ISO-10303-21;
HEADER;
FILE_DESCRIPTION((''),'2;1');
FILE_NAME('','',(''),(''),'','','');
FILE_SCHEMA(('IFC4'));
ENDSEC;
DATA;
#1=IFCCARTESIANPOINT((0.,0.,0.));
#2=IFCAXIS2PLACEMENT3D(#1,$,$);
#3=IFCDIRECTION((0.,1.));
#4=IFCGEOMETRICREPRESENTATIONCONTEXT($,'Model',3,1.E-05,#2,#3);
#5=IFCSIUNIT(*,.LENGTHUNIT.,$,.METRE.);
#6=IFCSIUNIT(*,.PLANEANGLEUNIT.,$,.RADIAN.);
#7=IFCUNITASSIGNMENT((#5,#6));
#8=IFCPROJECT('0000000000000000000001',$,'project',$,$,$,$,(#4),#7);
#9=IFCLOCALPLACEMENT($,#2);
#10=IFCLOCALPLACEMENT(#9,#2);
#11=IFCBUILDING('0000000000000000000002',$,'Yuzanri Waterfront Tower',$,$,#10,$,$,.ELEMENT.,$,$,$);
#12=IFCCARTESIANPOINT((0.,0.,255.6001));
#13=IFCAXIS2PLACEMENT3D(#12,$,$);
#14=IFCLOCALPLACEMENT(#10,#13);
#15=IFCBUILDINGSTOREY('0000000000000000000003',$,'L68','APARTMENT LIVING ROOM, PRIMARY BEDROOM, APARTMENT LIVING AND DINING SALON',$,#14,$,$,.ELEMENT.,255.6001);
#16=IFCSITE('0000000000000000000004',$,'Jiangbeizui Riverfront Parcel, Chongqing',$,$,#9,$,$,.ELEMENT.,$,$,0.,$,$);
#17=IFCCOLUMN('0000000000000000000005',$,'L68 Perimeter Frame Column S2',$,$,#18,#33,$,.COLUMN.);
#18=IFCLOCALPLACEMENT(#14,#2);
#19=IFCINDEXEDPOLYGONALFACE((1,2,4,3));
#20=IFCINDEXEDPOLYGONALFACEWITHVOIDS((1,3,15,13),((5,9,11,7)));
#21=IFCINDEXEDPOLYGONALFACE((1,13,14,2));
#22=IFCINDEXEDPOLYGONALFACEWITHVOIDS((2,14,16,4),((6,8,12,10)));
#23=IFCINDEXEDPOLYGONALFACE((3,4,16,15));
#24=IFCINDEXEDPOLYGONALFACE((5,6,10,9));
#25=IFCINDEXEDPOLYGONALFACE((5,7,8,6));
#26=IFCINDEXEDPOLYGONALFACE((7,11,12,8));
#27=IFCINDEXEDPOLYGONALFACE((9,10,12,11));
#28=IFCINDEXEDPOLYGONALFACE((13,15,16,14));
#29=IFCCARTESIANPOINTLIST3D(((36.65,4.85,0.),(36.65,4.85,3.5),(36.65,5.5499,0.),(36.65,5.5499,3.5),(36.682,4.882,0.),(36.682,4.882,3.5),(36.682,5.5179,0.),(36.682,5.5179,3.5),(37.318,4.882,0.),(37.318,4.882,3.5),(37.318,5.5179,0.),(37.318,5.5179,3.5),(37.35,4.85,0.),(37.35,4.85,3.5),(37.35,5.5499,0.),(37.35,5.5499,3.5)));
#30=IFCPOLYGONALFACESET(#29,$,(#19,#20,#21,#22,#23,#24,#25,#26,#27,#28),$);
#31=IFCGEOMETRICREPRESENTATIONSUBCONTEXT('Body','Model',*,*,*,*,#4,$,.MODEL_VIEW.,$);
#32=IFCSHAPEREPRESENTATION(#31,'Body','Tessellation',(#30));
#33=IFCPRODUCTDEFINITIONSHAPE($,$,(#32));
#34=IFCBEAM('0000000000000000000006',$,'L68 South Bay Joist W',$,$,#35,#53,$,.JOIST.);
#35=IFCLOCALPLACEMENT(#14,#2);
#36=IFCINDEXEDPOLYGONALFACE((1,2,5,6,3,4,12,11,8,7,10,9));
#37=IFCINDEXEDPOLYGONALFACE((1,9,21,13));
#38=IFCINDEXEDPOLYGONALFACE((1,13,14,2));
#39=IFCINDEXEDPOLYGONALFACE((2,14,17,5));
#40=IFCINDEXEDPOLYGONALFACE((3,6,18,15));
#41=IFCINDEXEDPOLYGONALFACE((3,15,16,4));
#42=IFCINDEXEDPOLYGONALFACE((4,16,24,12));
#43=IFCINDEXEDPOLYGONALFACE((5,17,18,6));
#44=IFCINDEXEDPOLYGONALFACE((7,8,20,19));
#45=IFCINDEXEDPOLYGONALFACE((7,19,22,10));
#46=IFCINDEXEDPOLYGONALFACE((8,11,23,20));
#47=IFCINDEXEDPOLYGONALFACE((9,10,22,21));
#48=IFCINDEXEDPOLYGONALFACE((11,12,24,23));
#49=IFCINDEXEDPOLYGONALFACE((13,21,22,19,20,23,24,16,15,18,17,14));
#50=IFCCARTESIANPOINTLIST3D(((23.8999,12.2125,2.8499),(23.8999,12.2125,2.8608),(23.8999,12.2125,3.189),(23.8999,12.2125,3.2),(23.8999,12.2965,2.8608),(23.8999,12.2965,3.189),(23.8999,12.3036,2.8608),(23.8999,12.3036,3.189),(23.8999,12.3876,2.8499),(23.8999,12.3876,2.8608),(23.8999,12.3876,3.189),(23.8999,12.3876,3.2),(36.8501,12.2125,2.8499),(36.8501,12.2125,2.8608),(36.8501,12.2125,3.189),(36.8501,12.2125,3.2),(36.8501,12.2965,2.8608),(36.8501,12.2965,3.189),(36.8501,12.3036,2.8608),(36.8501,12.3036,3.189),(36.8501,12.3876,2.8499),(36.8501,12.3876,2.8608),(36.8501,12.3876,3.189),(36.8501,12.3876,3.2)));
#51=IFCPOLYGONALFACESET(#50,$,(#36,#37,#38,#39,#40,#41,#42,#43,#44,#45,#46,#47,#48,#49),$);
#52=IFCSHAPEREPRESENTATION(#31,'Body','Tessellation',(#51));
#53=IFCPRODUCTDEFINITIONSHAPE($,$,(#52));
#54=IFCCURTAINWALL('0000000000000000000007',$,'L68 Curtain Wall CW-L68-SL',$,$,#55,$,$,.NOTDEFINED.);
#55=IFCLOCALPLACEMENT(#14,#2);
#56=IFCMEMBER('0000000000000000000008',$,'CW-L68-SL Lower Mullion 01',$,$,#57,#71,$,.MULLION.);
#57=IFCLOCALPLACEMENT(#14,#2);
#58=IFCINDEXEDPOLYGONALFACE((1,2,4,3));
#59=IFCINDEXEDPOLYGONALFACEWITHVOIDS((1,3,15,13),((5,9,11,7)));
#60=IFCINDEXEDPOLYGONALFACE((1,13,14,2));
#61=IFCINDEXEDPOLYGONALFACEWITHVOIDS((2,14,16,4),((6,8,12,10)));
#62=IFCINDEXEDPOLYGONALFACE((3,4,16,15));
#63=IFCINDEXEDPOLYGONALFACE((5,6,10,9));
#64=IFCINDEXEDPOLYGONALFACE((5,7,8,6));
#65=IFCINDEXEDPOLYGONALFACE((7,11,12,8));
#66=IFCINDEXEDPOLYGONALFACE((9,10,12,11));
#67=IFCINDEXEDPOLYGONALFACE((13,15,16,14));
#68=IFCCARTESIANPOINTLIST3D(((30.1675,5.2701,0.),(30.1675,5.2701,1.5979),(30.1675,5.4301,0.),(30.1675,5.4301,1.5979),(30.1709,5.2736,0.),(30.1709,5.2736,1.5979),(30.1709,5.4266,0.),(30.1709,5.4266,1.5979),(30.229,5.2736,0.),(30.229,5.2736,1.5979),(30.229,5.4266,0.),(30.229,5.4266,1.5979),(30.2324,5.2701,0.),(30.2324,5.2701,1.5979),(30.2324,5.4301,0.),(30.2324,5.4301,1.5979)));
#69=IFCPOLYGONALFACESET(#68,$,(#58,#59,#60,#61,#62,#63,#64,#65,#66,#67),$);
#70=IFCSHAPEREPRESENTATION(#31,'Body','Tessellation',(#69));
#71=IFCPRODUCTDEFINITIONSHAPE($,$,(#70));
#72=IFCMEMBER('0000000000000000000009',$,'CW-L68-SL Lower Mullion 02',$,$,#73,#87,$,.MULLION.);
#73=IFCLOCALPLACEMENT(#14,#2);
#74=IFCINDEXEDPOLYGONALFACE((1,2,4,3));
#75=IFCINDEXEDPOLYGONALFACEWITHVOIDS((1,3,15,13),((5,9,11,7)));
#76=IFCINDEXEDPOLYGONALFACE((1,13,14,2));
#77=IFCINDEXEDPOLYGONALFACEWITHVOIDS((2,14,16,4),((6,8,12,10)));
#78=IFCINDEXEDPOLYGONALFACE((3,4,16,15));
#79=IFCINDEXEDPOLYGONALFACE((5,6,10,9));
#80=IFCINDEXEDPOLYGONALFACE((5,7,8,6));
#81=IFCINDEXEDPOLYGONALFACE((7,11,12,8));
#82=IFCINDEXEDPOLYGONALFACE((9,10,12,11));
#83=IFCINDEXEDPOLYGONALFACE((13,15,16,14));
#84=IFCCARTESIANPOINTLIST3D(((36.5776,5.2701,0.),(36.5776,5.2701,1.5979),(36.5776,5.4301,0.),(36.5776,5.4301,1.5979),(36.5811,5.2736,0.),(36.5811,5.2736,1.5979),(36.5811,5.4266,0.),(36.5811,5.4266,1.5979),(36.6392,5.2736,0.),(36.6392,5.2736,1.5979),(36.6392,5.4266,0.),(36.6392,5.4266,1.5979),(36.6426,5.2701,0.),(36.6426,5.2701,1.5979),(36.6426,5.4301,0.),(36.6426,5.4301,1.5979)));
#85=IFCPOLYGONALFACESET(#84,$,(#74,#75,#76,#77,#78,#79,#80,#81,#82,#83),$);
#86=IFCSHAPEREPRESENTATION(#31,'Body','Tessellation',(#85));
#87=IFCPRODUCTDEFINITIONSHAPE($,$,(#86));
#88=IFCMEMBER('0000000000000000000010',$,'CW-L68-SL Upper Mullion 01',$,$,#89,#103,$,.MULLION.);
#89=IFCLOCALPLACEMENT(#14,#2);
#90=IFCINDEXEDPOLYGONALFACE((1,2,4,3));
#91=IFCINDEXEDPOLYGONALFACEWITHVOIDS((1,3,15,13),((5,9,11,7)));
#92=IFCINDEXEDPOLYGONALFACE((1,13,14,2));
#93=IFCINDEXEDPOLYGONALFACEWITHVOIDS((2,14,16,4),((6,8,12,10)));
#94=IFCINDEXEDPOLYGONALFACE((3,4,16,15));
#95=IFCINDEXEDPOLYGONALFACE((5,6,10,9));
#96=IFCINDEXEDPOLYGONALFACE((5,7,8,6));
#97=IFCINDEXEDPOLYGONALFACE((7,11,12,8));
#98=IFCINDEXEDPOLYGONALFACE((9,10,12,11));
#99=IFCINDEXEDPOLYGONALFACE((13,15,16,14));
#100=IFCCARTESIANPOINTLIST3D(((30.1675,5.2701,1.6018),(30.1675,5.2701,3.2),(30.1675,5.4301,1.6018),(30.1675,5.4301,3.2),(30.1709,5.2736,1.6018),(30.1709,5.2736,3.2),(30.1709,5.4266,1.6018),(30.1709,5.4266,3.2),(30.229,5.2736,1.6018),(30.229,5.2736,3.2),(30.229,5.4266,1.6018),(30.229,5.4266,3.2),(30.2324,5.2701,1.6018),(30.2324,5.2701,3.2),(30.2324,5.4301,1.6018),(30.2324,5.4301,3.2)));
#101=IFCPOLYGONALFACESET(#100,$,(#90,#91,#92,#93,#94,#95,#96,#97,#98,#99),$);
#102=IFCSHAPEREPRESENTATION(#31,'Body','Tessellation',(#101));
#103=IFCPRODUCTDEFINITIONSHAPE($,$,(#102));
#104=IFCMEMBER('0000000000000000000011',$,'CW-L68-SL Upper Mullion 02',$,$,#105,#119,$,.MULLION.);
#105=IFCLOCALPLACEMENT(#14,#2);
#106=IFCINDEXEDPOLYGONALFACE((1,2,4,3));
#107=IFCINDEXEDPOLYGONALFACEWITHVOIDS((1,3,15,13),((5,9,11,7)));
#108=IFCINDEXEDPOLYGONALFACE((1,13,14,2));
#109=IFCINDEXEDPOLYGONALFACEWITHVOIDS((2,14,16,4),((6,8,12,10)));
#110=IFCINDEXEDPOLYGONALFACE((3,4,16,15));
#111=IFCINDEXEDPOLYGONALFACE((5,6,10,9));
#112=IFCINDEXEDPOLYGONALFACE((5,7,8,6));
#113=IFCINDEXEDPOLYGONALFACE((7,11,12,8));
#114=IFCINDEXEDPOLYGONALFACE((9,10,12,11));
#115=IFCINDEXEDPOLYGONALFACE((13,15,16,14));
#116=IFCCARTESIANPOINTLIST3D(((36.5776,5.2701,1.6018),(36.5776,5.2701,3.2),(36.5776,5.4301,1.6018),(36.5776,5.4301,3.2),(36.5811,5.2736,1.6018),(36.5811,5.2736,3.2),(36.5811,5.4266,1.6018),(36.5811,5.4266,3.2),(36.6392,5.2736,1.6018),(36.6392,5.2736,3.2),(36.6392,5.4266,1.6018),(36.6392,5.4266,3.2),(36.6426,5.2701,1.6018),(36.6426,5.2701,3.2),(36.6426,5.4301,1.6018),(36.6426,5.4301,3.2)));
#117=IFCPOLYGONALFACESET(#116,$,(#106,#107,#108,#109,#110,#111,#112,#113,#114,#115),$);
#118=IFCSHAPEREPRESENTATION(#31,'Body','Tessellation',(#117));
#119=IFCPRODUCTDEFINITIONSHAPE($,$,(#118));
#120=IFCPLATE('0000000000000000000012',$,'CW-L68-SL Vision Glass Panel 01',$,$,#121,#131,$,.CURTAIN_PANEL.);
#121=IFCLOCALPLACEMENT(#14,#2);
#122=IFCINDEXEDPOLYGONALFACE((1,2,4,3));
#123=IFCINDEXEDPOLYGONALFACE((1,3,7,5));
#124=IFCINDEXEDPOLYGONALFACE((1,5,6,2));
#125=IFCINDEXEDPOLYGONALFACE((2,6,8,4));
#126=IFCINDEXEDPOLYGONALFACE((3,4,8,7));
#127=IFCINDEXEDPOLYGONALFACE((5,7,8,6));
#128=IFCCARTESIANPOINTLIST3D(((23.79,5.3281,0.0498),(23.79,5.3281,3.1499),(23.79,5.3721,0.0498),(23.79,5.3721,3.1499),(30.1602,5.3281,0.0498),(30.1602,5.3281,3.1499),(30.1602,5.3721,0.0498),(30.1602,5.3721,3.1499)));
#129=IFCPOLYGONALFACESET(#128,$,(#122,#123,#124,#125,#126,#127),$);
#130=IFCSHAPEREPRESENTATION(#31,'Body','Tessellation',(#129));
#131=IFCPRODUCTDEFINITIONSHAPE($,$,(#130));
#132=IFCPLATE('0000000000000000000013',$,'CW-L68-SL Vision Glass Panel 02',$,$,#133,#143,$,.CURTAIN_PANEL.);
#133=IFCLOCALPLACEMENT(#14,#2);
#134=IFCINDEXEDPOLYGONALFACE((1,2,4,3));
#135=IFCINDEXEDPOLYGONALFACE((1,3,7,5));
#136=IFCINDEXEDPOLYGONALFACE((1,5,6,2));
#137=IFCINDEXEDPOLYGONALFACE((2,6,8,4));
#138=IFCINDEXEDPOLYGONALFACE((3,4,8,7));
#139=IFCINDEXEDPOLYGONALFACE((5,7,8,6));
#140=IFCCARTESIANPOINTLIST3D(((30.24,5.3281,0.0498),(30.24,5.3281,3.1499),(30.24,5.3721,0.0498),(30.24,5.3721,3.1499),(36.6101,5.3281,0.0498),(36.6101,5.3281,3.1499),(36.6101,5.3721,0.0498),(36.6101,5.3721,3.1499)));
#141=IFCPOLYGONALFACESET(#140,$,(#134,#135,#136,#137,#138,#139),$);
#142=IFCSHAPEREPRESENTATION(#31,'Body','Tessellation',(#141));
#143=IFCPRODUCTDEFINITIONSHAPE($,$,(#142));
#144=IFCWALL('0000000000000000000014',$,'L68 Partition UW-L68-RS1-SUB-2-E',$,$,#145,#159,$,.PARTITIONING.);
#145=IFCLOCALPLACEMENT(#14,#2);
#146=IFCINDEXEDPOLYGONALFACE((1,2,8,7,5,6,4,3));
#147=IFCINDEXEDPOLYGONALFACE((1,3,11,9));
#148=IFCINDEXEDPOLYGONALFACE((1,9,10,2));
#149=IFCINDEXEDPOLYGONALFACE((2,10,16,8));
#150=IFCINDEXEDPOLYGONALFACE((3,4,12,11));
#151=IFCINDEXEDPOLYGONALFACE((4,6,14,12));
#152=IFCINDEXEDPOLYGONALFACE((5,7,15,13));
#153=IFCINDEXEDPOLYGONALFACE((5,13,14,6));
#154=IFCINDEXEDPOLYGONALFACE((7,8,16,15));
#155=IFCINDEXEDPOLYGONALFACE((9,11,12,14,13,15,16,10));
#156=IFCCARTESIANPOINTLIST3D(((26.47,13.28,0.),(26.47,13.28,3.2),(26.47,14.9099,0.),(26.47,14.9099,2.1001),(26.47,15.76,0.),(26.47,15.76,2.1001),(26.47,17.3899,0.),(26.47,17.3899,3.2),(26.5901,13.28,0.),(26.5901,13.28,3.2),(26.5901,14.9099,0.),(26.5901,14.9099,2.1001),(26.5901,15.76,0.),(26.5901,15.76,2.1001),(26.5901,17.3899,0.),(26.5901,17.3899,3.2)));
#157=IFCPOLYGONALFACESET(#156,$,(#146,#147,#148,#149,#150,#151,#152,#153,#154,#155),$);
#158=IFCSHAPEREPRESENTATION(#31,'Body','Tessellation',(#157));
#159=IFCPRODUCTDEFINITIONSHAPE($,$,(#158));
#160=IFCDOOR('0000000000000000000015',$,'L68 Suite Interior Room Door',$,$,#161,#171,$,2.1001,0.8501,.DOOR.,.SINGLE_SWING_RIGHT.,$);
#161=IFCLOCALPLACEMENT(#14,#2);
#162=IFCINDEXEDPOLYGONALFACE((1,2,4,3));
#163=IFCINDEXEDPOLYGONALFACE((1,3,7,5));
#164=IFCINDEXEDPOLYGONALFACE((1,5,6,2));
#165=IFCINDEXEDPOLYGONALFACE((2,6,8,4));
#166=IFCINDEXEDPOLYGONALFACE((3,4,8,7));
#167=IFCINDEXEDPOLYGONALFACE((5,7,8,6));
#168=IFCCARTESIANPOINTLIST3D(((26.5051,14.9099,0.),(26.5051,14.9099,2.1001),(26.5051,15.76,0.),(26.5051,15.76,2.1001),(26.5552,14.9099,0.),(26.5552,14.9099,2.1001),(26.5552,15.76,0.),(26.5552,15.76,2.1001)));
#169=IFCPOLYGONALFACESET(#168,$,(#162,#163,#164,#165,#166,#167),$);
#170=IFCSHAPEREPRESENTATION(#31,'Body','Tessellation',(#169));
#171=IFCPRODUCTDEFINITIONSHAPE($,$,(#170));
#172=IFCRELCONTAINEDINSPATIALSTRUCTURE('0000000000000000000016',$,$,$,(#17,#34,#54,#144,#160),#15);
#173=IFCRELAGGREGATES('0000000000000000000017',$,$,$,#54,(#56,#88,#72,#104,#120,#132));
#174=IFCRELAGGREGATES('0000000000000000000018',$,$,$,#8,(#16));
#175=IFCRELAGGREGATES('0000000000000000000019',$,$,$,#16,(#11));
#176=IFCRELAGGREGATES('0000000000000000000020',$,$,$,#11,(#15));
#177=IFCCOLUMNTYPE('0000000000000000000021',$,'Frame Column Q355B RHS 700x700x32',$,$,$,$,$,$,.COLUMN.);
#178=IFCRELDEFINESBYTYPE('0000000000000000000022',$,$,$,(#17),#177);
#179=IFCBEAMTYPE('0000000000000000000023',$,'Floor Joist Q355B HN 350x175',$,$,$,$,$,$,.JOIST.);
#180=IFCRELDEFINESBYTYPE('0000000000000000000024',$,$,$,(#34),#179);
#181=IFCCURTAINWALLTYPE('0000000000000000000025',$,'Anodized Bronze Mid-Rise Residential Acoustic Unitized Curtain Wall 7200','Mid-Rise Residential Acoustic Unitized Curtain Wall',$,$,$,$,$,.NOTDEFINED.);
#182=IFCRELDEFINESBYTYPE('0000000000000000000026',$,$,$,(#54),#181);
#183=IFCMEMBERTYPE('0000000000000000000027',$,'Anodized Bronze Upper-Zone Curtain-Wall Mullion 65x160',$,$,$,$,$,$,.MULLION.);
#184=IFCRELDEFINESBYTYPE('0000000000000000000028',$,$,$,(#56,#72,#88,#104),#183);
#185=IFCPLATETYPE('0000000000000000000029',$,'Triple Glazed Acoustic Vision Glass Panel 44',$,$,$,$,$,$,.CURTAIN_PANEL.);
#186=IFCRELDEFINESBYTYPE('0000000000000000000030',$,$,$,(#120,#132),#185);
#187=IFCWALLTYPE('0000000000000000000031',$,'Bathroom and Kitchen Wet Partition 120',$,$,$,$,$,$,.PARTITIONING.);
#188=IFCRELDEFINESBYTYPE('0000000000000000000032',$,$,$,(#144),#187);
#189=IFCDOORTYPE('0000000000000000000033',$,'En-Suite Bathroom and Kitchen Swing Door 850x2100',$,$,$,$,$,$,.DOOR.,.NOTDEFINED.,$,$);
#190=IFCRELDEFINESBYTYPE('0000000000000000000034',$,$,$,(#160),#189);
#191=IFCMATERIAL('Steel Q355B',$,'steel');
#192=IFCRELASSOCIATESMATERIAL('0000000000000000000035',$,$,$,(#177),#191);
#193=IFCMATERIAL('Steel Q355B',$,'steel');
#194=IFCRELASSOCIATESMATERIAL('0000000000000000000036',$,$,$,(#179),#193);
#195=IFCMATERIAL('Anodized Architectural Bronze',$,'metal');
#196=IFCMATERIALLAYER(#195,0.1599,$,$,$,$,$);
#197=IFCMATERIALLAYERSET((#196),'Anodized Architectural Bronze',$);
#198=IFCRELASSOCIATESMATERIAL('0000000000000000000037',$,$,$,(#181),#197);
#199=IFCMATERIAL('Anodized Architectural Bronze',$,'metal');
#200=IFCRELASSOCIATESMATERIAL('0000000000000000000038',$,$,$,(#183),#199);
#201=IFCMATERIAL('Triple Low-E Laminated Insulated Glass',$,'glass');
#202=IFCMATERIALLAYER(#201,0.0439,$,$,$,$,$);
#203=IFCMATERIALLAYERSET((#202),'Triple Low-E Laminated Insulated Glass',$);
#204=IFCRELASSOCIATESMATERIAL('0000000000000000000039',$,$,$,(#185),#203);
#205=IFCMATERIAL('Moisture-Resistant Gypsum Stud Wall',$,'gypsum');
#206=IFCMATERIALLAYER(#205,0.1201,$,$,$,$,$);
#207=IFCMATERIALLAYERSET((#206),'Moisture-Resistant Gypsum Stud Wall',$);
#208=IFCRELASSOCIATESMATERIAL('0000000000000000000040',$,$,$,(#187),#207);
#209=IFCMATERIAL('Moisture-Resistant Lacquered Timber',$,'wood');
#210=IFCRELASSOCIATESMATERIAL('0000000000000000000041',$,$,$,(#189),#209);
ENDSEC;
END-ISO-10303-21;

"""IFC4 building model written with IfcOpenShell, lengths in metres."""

from ifc_helpers import new_model, si_unit, direction, frame, frame_2d, origin, origin_2d, place, context, subcontext, project, spatial, rectangle, hollow_rectangle, i_section, extrude, source, transform, mapped, material, layer, layer_set, material_profile, profile_set, type_object, element, fill, aggregate, save


model = new_model("IFC4")

# Units and contexts
model_context = context("Model", 3, precision=1e-05, world=origin(), true_north=direction((0.0, 1.0)))
body_context = subcontext(model_context, "Body", "Model", "MODEL_VIEW")
ifc_project = project(units=[si_unit("LENGTHUNIT", "METRE"), si_unit("PLANEANGLEUNIT", "RADIAN")], contexts=[model_context])

# Site, building, storey
site_placement = place(None, origin())
site = spatial("IfcSite", under=ifc_project, at=site_placement, Name="Jiangbeizui Riverfront Parcel, Chongqing", CompositionType="ELEMENT", RefElevation=0.0)
building_placement = place(site_placement, origin())
building = spatial("IfcBuilding", under=site, at=building_placement, Name="Yuzanri Waterfront Tower", CompositionType="ELEMENT")
storey_placement = place(building_placement, frame((0.0, 0.0, 255.6001)))
storey = spatial("IfcBuildingStorey", under=building, at=storey_placement, Name="L68", Description="APARTMENT LIVING ROOM, PRIMARY BEDROOM, APARTMENT LIVING AND DINING SALON", CompositionType="ELEMENT", Elevation=255.6001)

# Column
ifc_material_1 = material(Name="Steel Q355B", Category="steel")
ifc_material_profile_1 = material_profile(ifc_material_1, hollow_rectangle(XDim=0.7, YDim=0.7, WallThickness=0.032, at=origin_2d()), Name="RHS 700x700x32")
ifc_profile_set_1 = profile_set([ifc_material_profile_1], Name="Steel Q355B")
column_type = type_object("IfcColumnType", Name="Frame Column Q355B RHS 700x700x32", PredefinedType="COLUMN", material=ifc_profile_set_1)
shared_shape_1 = source(origin(), body_context, "Body", "SweptSolid", [
    extrude(hollow_rectangle(XDim=0.7, YDim=0.7, WallThickness=0.032, at=origin_2d()), origin(), (0.0, 0.0, 1.0), 3.5),
])
column_placement = place(storey_placement, frame((37.0, 5.2, 0.0), z_axis=(0.0, 0.0, 1.0), x_axis=(1.0, 0.0, 0.0)))
element("IfcColumn", 1, at=column_placement, inside=storey, type_object=column_type, Name="L68 Perimeter Frame Column S2", PredefinedType="COLUMN", context=body_context, shape_type="MappedRepresentation", body=[
    mapped(shared_shape_1, transform((0.0, 0.0, 0.0), scale=1.0)),
])

# Beam
ifc_material_2 = material(Name="Steel Q355B", Category="steel")
ifc_material_profile_2 = material_profile(ifc_material_2, i_section(OverallWidth=0.175, OverallDepth=0.3501, WebThickness=0.0071, FlangeThickness=0.011, at=origin_2d()), Name="HN 350x175x7x11")
ifc_profile_set_2 = profile_set([ifc_material_profile_2], Name="Steel Q355B")
beam_type = type_object("IfcBeamType", Name="Floor Joist Q355B HN 350x175", PredefinedType="JOIST", material=ifc_profile_set_2)
shared_shape_2 = source(origin(), body_context, "Body", "SweptSolid", [
    extrude(i_section(OverallWidth=0.175, OverallDepth=0.3501, WebThickness=0.0071, FlangeThickness=0.011, at=origin_2d()), origin(), (0.0, 0.0, 1.0), 12.9502),
])
beam_placement = place(storey_placement, frame((23.8999, 12.3, 3.0249), z_axis=(1.0, 0.0, 0.0), x_axis=(0.0, 1.0, 0.0)))
element("IfcBeam", 2, at=beam_placement, inside=storey, type_object=beam_type, Name="L68 South Bay Joist W", PredefinedType="JOIST", context=body_context, shape_type="MappedRepresentation", body=[
    mapped(shared_shape_2, transform((0.0, 0.0, 0.0), scale=1.0)),
])

# Curtain wall, members, plates
ifc_material_3 = material(Name="Anodized Architectural Bronze", Category="metal")
ifc_layer_1 = layer(ifc_material_3, 0.1599)
ifc_layer_set_1 = layer_set([ifc_layer_1], Name="Anodized Architectural Bronze")
curtain_wall_type = type_object("IfcCurtainWallType", Name="Anodized Bronze Mid-Rise Residential Acoustic Unitized Curtain Wall 7200", Description="Mid-Rise Residential Acoustic Unitized Curtain Wall", PredefinedType="NOTDEFINED", material=ifc_layer_set_1)
curtain_wall_placement = place(storey_placement, origin())
curtain_wall = element("IfcCurtainWall", 3, at=curtain_wall_placement, inside=storey, type_object=curtain_wall_type, Name="L68 Curtain Wall CW-L68-SL", PredefinedType="NOTDEFINED")
ifc_material_4 = material(Name="Anodized Architectural Bronze", Category="metal")
ifc_material_profile_3 = material_profile(ifc_material_4, hollow_rectangle(XDim=0.0649, YDim=0.1599, WallThickness=0.0034, at=origin_2d()), Name="CWM 65x160")
ifc_profile_set_3 = profile_set([ifc_material_profile_3], Name="Anodized Architectural Bronze")
member_type = type_object("IfcMemberType", Name="Anodized Bronze Upper-Zone Curtain-Wall Mullion 65x160", PredefinedType="MULLION", material=ifc_profile_set_3)
shared_shape_3 = source(origin(), body_context, "Body", "SweptSolid", [
    extrude(hollow_rectangle(XDim=0.0649, YDim=0.1599, WallThickness=0.0034, at=origin_2d()), origin(), (0.0, 0.0, 1.0), 1.5979),
])
member_1_placement = place(storey_placement, frame((30.2, 5.3501, 0.0), z_axis=(0.0, 0.0, 1.0), x_axis=(1.0, 0.0, 0.0)))
member_1 = element("IfcMember", 4, at=member_1_placement, type_object=member_type, Name="CW-L68-SL Lower Mullion 01", PredefinedType="MULLION", context=body_context, shape_type="MappedRepresentation", body=[
    mapped(shared_shape_3, transform((0.0, 0.0, 0.0), scale=1.0)),
])
member_2_placement = place(storey_placement, frame((36.6101, 5.3501, 0.0), z_axis=(0.0, 0.0, 1.0), x_axis=(1.0, 0.0, 0.0)))
member_2 = element("IfcMember", 5, at=member_2_placement, type_object=member_type, Name="CW-L68-SL Lower Mullion 02", PredefinedType="MULLION", context=body_context, shape_type="MappedRepresentation", body=[
    mapped(shared_shape_3, transform((0.0, 0.0, 0.0), scale=1.0)),
])
shared_shape_4 = source(origin(), body_context, "Body", "SweptSolid", [
    extrude(hollow_rectangle(XDim=0.0649, YDim=0.1599, WallThickness=0.0034, at=origin_2d()), origin(), (0.0, 0.0, 1.0), 1.5981),
])
member_3_placement = place(storey_placement, frame((30.2, 5.3501, 1.6018), z_axis=(0.0, 0.0, 1.0), x_axis=(1.0, 0.0, 0.0)))
member_3 = element("IfcMember", 6, at=member_3_placement, type_object=member_type, Name="CW-L68-SL Upper Mullion 01", PredefinedType="MULLION", context=body_context, shape_type="MappedRepresentation", body=[
    mapped(shared_shape_4, transform((0.0, 0.0, 0.0), scale=1.0)),
])
member_4_placement = place(storey_placement, frame((36.6101, 5.3501, 1.6018), z_axis=(0.0, 0.0, 1.0), x_axis=(1.0, 0.0, 0.0)))
member_4 = element("IfcMember", 7, at=member_4_placement, type_object=member_type, Name="CW-L68-SL Upper Mullion 02", PredefinedType="MULLION", context=body_context, shape_type="MappedRepresentation", body=[
    mapped(shared_shape_4, transform((0.0, 0.0, 0.0), scale=1.0)),
])
ifc_material_5 = material(Name="Triple Low-E Laminated Insulated Glass", Category="glass")
ifc_layer_2 = layer(ifc_material_5, 0.0439)
ifc_layer_set_2 = layer_set([ifc_layer_2], Name="Triple Low-E Laminated Insulated Glass")
plate_type = type_object("IfcPlateType", Name="Triple Glazed Acoustic Vision Glass Panel 44", PredefinedType="CURTAIN_PANEL", material=ifc_layer_set_2)
shared_shape_5 = source(origin(), body_context, "Body", "SweptSolid", [
    extrude(rectangle(XDim=6.3701, YDim=0.0439, at=origin_2d()), origin(), (0.0, 0.0, 1.0), 3.1001),
])
plate_1_placement = place(storey_placement, frame((26.9751, 5.3501, 0.0498), z_axis=(0.0, 0.0, 1.0), x_axis=(1.0, 0.0, 0.0)))
plate_1 = element("IfcPlate", 8, at=plate_1_placement, type_object=plate_type, Name="CW-L68-SL Vision Glass Panel 01", PredefinedType="CURTAIN_PANEL", context=body_context, shape_type="MappedRepresentation", body=[
    mapped(shared_shape_5, transform((0.0, 0.0, 0.0), scale=1.0)),
])
plate_2_placement = place(storey_placement, frame((33.425, 5.3501, 0.0498), z_axis=(0.0, 0.0, 1.0), x_axis=(1.0, 0.0, 0.0)))
plate_2 = element("IfcPlate", 9, at=plate_2_placement, type_object=plate_type, Name="CW-L68-SL Vision Glass Panel 02", PredefinedType="CURTAIN_PANEL", context=body_context, shape_type="MappedRepresentation", body=[
    mapped(shared_shape_5, transform((0.0, 0.0, 0.0), scale=1.0)),
])
aggregate(curtain_wall, [member_1, member_3, member_2, member_4, plate_1, plate_2])

# Wall, opening, door
ifc_material_6 = material(Name="Moisture-Resistant Gypsum Stud Wall", Category="gypsum")
ifc_layer_3 = layer(ifc_material_6, 0.1201)
ifc_layer_set_3 = layer_set([ifc_layer_3], Name="Moisture-Resistant Gypsum Stud Wall")
wall_type_1 = type_object("IfcWallType", Name="Bathroom and Kitchen Wet Partition 120", PredefinedType="PARTITIONING", material=ifc_layer_set_3)
wall_1_placement = place(storey_placement, frame((26.53, 13.28, 0.0), z_axis=(0.0, 0.0, 1.0), x_axis=(0.0, 1.0, 0.0)))
wall_1 = element("IfcWall", 10, at=wall_1_placement, inside=storey, type_object=wall_type_1, Name="L68 Partition UW-L68-RS1-SUB-2-E", PredefinedType="PARTITIONING", context=body_context, shape_type="SweptSolid", body=[
    extrude(rectangle(XDim=4.1099, YDim=0.1201, at=frame_2d((2.0549, 0.0))), origin(), (0.0, 0.0, 1.0), 3.2),
])
opening_1_placement = place(wall_1_placement, frame((1.6299, 0.0, 0.0)))
opening_1 = element("IfcOpeningElement", 11, at=opening_1_placement, cuts=wall_1, PredefinedType="OPENING", context=body_context, shape_type="SweptSolid", body=[
    extrude(rectangle(XDim=0.8501, YDim=2.1001, at=frame_2d((0.425, 1.05))), frame((0.0, 0.075, 0.0), z_axis=(0.0, -1.0, 0.0), x_axis=(1.0, 0.0, 0.0)), (0.0, 0.0, 1.0), 0.1499),
])
ifc_material_7 = material(Name="Moisture-Resistant Lacquered Timber", Category="wood")
door_type_1 = type_object("IfcDoorType", Name="En-Suite Bathroom and Kitchen Swing Door 850x2100", OperationType="NOTDEFINED", PredefinedType="DOOR", material=ifc_material_7)
shared_shape_6 = source(origin(), body_context, "Body", "SweptSolid", [
    extrude(rectangle(XDim=0.8501, YDim=2.1001, at=frame_2d((0.425, 1.05))), frame((0.0, 0.0249, 0.0), z_axis=(0.0, -1.0, 0.0), x_axis=(1.0, 0.0, 0.0)), (0.0, 0.0, 1.0), 0.05),
])
door_1_placement = place(opening_1_placement, origin())
door_1 = element("IfcDoor", 12, at=door_1_placement, inside=storey, type_object=door_type_1, Name="L68 Suite Interior Room Door", OperationType="SINGLE_SWING_RIGHT", OverallHeight=2.1001, OverallWidth=0.8501, PredefinedType="DOOR", context=body_context, shape_type="MappedRepresentation", body=[
    mapped(shared_shape_6, transform((0.0, 0.0, 0.0), scale=1.0)),
])
fill(opening_1, door_1)

save(model, "model.ifc")
